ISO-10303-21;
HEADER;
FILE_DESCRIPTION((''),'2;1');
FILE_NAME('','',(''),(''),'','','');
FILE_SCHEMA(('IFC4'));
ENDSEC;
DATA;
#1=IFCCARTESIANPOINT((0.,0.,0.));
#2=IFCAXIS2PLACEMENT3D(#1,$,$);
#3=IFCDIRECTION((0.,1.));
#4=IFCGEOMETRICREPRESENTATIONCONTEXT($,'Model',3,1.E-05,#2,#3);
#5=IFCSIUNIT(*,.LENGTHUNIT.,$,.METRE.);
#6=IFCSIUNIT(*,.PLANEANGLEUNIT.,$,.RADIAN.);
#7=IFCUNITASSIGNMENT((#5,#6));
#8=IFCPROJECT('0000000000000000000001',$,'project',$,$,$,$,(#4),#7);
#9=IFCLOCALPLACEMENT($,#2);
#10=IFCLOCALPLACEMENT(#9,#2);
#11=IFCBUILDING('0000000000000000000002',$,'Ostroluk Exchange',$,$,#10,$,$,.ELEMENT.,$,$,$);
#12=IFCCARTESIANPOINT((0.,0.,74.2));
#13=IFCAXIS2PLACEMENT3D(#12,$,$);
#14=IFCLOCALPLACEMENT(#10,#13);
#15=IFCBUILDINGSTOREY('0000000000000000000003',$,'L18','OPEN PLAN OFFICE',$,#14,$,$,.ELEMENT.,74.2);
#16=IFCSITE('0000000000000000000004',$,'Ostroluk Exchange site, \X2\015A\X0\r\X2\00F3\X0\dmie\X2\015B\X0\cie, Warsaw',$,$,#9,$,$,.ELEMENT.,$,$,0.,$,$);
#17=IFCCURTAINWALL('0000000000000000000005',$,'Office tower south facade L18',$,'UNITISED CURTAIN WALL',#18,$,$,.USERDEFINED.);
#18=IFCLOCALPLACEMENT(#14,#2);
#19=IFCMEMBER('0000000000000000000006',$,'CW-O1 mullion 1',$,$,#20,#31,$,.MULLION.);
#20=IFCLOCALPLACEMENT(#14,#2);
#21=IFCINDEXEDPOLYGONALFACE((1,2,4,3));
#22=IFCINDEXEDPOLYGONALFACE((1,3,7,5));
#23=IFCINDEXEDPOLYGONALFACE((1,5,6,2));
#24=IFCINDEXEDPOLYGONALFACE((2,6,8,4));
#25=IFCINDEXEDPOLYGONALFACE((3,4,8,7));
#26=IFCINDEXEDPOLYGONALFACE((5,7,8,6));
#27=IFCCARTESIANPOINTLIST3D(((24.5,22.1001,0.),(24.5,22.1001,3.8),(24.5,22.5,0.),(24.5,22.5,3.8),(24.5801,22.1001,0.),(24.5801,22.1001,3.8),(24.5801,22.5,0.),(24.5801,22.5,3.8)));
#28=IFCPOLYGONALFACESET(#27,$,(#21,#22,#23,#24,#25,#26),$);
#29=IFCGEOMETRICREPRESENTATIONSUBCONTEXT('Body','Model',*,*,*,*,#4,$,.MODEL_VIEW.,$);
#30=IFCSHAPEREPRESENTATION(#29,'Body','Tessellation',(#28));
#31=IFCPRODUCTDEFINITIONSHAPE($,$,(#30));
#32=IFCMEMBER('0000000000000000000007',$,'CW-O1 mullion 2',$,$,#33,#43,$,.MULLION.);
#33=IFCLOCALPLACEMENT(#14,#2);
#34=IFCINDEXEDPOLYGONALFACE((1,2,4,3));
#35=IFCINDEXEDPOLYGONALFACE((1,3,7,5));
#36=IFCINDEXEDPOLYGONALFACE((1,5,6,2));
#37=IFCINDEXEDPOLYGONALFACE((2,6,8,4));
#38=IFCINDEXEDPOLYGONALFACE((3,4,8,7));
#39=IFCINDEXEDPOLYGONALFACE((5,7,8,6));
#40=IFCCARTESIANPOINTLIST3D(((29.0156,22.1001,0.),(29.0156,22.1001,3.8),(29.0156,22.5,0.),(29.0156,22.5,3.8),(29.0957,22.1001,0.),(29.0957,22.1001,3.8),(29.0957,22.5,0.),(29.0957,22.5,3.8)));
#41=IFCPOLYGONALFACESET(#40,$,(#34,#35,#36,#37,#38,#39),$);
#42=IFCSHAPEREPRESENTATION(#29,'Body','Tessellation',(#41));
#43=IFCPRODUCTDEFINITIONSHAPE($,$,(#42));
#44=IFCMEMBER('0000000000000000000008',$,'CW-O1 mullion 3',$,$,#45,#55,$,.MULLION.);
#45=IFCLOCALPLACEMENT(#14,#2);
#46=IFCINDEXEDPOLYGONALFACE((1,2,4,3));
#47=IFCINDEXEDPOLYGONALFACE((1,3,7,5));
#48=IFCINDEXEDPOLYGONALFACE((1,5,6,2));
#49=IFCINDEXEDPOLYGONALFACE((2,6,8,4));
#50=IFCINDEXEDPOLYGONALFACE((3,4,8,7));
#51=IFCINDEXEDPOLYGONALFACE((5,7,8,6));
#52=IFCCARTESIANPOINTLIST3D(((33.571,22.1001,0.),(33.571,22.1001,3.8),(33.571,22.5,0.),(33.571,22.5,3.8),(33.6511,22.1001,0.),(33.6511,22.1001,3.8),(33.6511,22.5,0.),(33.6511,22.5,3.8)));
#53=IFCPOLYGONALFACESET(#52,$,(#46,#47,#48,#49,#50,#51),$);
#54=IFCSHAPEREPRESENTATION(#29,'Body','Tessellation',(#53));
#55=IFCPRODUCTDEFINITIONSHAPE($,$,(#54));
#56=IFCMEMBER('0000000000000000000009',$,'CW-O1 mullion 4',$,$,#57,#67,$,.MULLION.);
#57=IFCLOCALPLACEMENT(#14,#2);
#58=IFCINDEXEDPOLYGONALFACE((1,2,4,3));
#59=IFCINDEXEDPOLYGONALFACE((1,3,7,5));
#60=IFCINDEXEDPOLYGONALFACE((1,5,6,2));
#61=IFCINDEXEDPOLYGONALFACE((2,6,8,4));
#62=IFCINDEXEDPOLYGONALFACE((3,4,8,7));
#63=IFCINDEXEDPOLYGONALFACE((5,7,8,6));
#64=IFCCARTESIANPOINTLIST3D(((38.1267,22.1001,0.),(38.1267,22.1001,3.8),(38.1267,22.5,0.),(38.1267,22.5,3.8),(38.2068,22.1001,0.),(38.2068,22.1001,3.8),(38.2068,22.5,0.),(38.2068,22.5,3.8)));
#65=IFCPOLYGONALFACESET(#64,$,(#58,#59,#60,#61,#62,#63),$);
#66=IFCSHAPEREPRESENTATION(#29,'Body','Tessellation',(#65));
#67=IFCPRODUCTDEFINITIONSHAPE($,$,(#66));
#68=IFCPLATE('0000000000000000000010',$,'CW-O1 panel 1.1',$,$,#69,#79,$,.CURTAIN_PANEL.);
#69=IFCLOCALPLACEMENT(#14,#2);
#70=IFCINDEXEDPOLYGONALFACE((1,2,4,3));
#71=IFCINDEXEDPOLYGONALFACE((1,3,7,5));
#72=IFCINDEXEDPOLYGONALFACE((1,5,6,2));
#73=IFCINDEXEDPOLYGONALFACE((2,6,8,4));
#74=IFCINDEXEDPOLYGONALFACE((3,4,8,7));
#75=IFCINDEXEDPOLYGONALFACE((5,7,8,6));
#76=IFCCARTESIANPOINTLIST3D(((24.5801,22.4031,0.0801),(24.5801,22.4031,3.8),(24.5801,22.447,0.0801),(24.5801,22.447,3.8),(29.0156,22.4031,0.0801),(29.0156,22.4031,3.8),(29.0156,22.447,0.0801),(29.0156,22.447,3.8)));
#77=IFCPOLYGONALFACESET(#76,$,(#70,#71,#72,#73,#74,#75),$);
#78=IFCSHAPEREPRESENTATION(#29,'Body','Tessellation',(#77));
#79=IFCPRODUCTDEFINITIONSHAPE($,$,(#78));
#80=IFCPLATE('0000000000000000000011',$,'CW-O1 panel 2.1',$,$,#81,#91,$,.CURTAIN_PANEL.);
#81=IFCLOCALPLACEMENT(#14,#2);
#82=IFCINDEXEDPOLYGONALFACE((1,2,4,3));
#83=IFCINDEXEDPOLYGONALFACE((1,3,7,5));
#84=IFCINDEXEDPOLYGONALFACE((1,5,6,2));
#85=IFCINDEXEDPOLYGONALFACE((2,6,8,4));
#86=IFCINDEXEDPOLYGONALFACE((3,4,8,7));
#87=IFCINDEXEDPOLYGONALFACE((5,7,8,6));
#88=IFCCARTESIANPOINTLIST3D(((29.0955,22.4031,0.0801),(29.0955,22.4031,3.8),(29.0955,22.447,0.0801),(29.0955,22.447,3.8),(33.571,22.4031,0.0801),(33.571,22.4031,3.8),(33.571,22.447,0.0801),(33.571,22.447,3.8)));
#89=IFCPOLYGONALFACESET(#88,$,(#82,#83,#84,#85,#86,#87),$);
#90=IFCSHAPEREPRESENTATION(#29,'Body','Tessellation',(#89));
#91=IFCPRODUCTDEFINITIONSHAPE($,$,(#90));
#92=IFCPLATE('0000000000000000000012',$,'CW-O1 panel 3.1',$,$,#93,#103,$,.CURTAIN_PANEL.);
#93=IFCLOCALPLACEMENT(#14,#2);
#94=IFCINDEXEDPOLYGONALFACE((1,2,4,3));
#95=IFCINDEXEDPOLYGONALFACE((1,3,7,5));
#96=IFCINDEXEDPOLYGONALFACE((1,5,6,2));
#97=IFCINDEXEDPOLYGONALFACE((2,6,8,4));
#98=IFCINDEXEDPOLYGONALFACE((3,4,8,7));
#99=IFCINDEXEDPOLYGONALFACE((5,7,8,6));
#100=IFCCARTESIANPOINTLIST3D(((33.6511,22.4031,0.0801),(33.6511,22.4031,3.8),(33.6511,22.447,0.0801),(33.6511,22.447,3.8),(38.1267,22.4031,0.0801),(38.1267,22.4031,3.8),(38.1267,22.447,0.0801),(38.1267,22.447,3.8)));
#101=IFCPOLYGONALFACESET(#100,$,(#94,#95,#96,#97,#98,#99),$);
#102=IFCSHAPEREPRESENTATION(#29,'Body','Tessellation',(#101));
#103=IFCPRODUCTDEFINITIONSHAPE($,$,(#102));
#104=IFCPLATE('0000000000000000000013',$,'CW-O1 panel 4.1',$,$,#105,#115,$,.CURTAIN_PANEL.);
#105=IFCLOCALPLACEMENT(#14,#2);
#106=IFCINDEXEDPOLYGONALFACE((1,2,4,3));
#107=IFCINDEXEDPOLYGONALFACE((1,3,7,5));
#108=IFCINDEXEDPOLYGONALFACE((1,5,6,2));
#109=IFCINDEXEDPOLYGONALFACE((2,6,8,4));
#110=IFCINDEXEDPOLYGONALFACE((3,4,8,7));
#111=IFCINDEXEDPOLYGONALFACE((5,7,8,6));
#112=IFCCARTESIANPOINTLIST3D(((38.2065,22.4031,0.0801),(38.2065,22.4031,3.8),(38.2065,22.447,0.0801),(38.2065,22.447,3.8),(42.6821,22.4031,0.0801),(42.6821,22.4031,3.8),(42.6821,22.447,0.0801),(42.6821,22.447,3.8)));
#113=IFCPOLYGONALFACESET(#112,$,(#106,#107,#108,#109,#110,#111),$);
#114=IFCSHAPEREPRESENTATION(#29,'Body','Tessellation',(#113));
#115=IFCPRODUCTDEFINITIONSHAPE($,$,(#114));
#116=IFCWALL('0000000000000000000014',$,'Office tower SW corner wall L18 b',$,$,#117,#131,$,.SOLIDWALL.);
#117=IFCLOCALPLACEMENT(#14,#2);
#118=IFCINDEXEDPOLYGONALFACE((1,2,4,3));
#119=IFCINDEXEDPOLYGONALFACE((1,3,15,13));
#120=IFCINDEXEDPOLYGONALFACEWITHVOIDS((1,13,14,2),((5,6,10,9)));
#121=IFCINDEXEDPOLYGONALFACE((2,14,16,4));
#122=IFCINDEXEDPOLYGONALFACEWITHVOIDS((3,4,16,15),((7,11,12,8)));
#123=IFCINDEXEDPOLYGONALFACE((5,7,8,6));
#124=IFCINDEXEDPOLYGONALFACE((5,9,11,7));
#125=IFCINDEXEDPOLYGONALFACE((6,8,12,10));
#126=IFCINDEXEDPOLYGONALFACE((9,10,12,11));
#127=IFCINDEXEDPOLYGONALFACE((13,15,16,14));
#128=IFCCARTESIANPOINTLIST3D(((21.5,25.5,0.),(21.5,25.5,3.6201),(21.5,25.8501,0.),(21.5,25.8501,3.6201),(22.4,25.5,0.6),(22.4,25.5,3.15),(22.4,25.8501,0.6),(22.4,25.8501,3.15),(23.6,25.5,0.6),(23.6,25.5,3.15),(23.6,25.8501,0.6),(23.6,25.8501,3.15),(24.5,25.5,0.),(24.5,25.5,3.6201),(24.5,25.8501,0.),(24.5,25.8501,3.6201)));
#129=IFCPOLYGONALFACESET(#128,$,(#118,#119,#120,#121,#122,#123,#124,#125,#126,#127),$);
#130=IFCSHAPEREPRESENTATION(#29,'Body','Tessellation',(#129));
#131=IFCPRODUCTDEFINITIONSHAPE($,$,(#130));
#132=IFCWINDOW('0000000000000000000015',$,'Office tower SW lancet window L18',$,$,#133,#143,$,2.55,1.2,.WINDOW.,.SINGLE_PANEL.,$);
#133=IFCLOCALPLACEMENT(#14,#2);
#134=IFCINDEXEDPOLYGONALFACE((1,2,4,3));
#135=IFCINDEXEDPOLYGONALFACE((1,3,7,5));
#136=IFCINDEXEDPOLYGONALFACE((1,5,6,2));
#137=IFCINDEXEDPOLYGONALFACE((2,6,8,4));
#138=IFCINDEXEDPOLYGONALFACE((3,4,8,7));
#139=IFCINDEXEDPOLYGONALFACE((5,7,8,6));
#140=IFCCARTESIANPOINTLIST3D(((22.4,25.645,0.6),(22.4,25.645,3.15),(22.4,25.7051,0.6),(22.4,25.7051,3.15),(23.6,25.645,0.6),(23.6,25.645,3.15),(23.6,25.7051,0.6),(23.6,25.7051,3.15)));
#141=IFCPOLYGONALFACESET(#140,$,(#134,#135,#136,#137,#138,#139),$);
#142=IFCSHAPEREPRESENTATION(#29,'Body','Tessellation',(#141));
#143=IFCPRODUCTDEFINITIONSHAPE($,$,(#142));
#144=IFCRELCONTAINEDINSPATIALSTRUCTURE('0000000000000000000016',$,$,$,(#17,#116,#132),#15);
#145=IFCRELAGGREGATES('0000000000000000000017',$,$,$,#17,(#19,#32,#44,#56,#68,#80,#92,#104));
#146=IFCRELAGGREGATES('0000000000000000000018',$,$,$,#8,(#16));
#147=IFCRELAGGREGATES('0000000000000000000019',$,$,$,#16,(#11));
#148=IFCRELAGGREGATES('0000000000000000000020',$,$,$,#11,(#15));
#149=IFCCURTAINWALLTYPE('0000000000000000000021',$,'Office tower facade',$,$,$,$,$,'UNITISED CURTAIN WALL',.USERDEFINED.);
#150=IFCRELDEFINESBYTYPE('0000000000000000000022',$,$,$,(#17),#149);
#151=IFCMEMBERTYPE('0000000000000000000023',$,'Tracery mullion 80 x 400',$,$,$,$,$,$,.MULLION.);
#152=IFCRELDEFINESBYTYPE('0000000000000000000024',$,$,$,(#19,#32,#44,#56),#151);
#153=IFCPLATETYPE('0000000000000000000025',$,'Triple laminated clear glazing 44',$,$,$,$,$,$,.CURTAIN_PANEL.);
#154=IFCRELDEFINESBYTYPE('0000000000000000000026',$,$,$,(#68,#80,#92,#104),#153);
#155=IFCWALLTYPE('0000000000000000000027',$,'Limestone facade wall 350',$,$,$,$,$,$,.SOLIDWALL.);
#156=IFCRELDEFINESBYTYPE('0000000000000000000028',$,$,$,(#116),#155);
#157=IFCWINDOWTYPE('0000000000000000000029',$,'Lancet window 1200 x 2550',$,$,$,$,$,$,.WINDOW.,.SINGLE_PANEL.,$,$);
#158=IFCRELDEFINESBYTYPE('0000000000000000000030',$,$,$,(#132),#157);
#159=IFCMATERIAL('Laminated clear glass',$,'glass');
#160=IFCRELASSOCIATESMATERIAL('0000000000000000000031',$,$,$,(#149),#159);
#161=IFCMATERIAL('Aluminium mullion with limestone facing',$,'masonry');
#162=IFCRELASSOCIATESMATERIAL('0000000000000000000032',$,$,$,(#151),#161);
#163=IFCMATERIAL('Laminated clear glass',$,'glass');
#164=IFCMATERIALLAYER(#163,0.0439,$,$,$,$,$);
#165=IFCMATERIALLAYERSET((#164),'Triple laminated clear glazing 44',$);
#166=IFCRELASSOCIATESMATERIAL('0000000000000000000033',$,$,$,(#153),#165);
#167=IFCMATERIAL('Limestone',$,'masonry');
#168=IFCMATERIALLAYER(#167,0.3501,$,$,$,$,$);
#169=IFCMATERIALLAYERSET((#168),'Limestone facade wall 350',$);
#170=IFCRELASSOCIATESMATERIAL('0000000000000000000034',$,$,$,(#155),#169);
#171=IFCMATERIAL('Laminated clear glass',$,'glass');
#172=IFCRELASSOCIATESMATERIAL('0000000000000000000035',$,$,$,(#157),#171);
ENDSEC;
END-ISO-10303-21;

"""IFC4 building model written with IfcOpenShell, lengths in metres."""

from ifc_helpers import new_model, si_unit, direction, frame, frame_2d, origin, origin_2d, place, context, subcontext, project, spatial, rectangle, extrude, material, layer, layer_set, material_profile, profile_set, type_object, element, fill, aggregate, save


model = new_model("IFC4")

# Units and contexts
model_context = context("Model", 3, precision=1e-05, world=origin(), true_north=direction((0.0, 1.0)))
body_context = subcontext(model_context, "Body", "Model", "MODEL_VIEW")
ifc_project = project(units=[si_unit("LENGTHUNIT", "METRE"), si_unit("PLANEANGLEUNIT", "RADIAN")], contexts=[model_context])

# Site, building, storey
site_placement = place(None, origin())
site = spatial("IfcSite", under=ifc_project, at=site_placement, Name="Ostroluk Exchange site, Śródmieście, Warsaw", CompositionType="ELEMENT", RefElevation=0.0)
building_placement = place(site_placement, origin())
building = spatial("IfcBuilding", under=site, at=building_placement, Name="Ostroluk Exchange", CompositionType="ELEMENT")
storey_placement = place(building_placement, frame((0.0, 0.0, 74.2)))
storey = spatial("IfcBuildingStorey", under=building, at=storey_placement, Name="L18", Description="OPEN PLAN OFFICE", CompositionType="ELEMENT", Elevation=74.2)

# Curtain wall, members, plates
ifc_material_1 = material(Name="Laminated clear glass", Category="glass")
curtain_wall_type = type_object("IfcCurtainWallType", Name="Office tower facade", ElementType="UNITISED CURTAIN WALL", PredefinedType="USERDEFINED", material=ifc_material_1)
curtain_wall_placement = place(storey_placement, origin())
curtain_wall = element("IfcCurtainWall", 1, at=curtain_wall_placement, inside=storey, type_object=curtain_wall_type, Name="Office tower south facade L18", ObjectType="UNITISED CURTAIN WALL", PredefinedType="USERDEFINED")
ifc_material_2 = material(Name="Aluminium mullion with limestone facing", Category="masonry")
ifc_material_profile_1 = material_profile(ifc_material_2, rectangle(XDim=0.3999, YDim=0.0801, at=origin_2d()), Name="Tracery mullion 80 x 400")
ifc_profile_set_1 = profile_set([ifc_material_profile_1], Name="Aluminium mullion with limestone facing")
member_type_1 = type_object("IfcMemberType", Name="Tracery mullion 80 x 400", PredefinedType="MULLION", material=ifc_profile_set_1)
member_1_placement = place(storey_placement, frame((24.54, 22.3, 0.0), z_axis=(0.0, 0.0, 1.0), x_axis=(0.0, 1.0, 0.0)))
member_1 = element("IfcMember", 2, at=member_1_placement, type_object=member_type_1, Name="CW-O1 mullion 1", PredefinedType="MULLION", context=body_context, shape_type="SweptSolid", body=[
    extrude(rectangle(XDim=0.3999, YDim=0.0801, at=origin_2d()), origin(), (0.0, 0.0, 1.0), 3.8),
])
member_2_placement = place(storey_placement, frame((29.0557, 22.3, 0.0), z_axis=(0.0, 0.0, 1.0), x_axis=(0.0, 1.0, 0.0)))
member_2 = element("IfcMember", 3, at=member_2_placement, type_object=member_type_1, Name="CW-O1 mullion 2", PredefinedType="MULLION", context=body_context, shape_type="SweptSolid", body=[
    extrude(rectangle(XDim=0.3999, YDim=0.0801, at=origin_2d()), origin(), (0.0, 0.0, 1.0), 3.8),
])
member_3_placement = place(storey_placement, frame((33.6111, 22.3, 0.0), z_axis=(0.0, 0.0, 1.0), x_axis=(0.0, 1.0, 0.0)))
member_3 = element("IfcMember", 4, at=member_3_placement, type_object=member_type_1, Name="CW-O1 mullion 3", PredefinedType="MULLION", context=body_context, shape_type="SweptSolid", body=[
    extrude(rectangle(XDim=0.3999, YDim=0.0801, at=origin_2d()), origin(), (0.0, 0.0, 1.0), 3.8),
])
member_4_placement = place(storey_placement, frame((38.1667, 22.3, 0.0), z_axis=(0.0, 0.0, 1.0), x_axis=(0.0, 1.0, 0.0)))
member_4 = element("IfcMember", 5, at=member_4_placement, type_object=member_type_1, Name="CW-O1 mullion 4", PredefinedType="MULLION", context=body_context, shape_type="SweptSolid", body=[
    extrude(rectangle(XDim=0.3999, YDim=0.0801, at=origin_2d()), origin(), (0.0, 0.0, 1.0), 3.8),
])
ifc_material_3 = material(Name="Laminated clear glass", Category="glass")
ifc_layer_1 = layer(ifc_material_3, 0.0439)
ifc_layer_set_1 = layer_set([ifc_layer_1], Name="Triple laminated clear glazing 44")
plate_type = type_object("IfcPlateType", Name="Triple laminated clear glazing 44", PredefinedType="CURTAIN_PANEL", material=ifc_layer_set_1)
plate_1_placement = place(storey_placement, frame((26.7979, 22.425, 0.0801), z_axis=(0.0, 0.0, 1.0), x_axis=(1.0, 0.0, 0.0)))
plate_1 = element("IfcPlate", 6, at=plate_1_placement, type_object=plate_type, Name="CW-O1 panel 1.1", PredefinedType="CURTAIN_PANEL", context=body_context, shape_type="SweptSolid", body=[
    extrude(rectangle(XDim=4.4355, YDim=0.0439, at=origin_2d()), origin(), (0.0, 0.0, 1.0), 3.72),
])
plate_2_placement = place(storey_placement, frame((31.3333, 22.425, 0.0801), z_axis=(0.0, 0.0, 1.0), x_axis=(1.0, 0.0, 0.0)))
plate_2 = element("IfcPlate", 7, at=plate_2_placement, type_object=plate_type, Name="CW-O1 panel 2.1", PredefinedType="CURTAIN_PANEL", context=body_context, shape_type="SweptSolid", body=[
    extrude(rectangle(XDim=4.4756, YDim=0.0439, at=origin_2d()), origin(), (0.0, 0.0, 1.0), 3.72),
])
plate_3_placement = place(storey_placement, frame((35.8889, 22.425, 0.0801), z_axis=(0.0, 0.0, 1.0), x_axis=(1.0, 0.0, 0.0)))
plate_3 = element("IfcPlate", 8, at=plate_3_placement, type_object=plate_type, Name="CW-O1 panel 3.1", PredefinedType="CURTAIN_PANEL", context=body_context, shape_type="SweptSolid", body=[
    extrude(rectangle(XDim=4.4756, YDim=0.0439, at=origin_2d()), origin(), (0.0, 0.0, 1.0), 3.72),
])
plate_4_placement = place(storey_placement, frame((40.4443, 22.425, 0.0801), z_axis=(0.0, 0.0, 1.0), x_axis=(1.0, 0.0, 0.0)))
plate_4 = element("IfcPlate", 9, at=plate_4_placement, type_object=plate_type, Name="CW-O1 panel 4.1", PredefinedType="CURTAIN_PANEL", context=body_context, shape_type="SweptSolid", body=[
    extrude(rectangle(XDim=4.4756, YDim=0.0439, at=origin_2d()), origin(), (0.0, 0.0, 1.0), 3.72),
])
aggregate(curtain_wall, [member_1, member_2, member_3, member_4, plate_1, plate_2, plate_3, plate_4])

# Shared definitions
ifc_material_4 = material(Name="Limestone", Category="masonry")
ifc_layer_2 = layer(ifc_material_4, 0.3501)
ifc_layer_set_2 = layer_set([ifc_layer_2], Name="Limestone facade wall 350")
wall_type = type_object("IfcWallType", Name="Limestone facade wall 350", PredefinedType="SOLIDWALL", material=ifc_layer_set_2)

# Wall, opening, window
wall_1_placement = place(storey_placement, frame((24.5, 25.675, 0.0), z_axis=(0.0, 0.0, 1.0), x_axis=(-1.0, 0.0, 0.0)))
wall_1 = element("IfcWall", 10, at=wall_1_placement, inside=storey, type_object=wall_type, Name="Office tower SW corner wall L18 b", PredefinedType="SOLIDWALL", context=body_context, shape_type="SweptSolid", body=[
    extrude(rectangle(XDim=3.0, YDim=0.3501, at=frame_2d((1.5, 0.0))), origin(), (0.0, 0.0, 1.0), 3.6201),
])
opening_1_placement = place(wall_1_placement, frame((0.8999, 0.0, 0.6001)))
opening_1 = element("IfcOpeningElement", 11, at=opening_1_placement, cuts=wall_1, PredefinedType="OPENING", context=body_context, shape_type="SweptSolid", body=[
    extrude(rectangle(XDim=1.2, YDim=2.55, at=frame_2d((0.6001, 1.2749))), frame((0.0, 0.1851, 0.0), z_axis=(0.0, -1.0, 0.0), x_axis=(1.0, 0.0, 0.0)), (0.0, 0.0, 1.0), 0.3701),
])
ifc_material_5 = material(Name="Laminated clear glass", Category="glass")
window_type = type_object("IfcWindowType", Name="Lancet window 1200 x 2550", PartitioningType="SINGLE_PANEL", PredefinedType="WINDOW", material=ifc_material_5)
window_placement = place(opening_1_placement, origin())
window = element("IfcWindow", 12, at=window_placement, inside=storey, type_object=window_type, Name="Office tower SW lancet window L18", OverallHeight=2.55, OverallWidth=1.2, PartitioningType="SINGLE_PANEL", PredefinedType="WINDOW", context=body_context, shape_type="SweptSolid", body=[
    extrude(rectangle(XDim=1.2, YDim=2.55, at=frame_2d((0.6001, 1.2749))), frame((0.0, 0.03, 0.0), z_axis=(0.0, -1.0, 0.0), x_axis=(1.0, 0.0, 0.0)), (0.0, 0.0, 1.0), 0.0601),
])
fill(opening_1, window)

save(model, "model.ifc")
